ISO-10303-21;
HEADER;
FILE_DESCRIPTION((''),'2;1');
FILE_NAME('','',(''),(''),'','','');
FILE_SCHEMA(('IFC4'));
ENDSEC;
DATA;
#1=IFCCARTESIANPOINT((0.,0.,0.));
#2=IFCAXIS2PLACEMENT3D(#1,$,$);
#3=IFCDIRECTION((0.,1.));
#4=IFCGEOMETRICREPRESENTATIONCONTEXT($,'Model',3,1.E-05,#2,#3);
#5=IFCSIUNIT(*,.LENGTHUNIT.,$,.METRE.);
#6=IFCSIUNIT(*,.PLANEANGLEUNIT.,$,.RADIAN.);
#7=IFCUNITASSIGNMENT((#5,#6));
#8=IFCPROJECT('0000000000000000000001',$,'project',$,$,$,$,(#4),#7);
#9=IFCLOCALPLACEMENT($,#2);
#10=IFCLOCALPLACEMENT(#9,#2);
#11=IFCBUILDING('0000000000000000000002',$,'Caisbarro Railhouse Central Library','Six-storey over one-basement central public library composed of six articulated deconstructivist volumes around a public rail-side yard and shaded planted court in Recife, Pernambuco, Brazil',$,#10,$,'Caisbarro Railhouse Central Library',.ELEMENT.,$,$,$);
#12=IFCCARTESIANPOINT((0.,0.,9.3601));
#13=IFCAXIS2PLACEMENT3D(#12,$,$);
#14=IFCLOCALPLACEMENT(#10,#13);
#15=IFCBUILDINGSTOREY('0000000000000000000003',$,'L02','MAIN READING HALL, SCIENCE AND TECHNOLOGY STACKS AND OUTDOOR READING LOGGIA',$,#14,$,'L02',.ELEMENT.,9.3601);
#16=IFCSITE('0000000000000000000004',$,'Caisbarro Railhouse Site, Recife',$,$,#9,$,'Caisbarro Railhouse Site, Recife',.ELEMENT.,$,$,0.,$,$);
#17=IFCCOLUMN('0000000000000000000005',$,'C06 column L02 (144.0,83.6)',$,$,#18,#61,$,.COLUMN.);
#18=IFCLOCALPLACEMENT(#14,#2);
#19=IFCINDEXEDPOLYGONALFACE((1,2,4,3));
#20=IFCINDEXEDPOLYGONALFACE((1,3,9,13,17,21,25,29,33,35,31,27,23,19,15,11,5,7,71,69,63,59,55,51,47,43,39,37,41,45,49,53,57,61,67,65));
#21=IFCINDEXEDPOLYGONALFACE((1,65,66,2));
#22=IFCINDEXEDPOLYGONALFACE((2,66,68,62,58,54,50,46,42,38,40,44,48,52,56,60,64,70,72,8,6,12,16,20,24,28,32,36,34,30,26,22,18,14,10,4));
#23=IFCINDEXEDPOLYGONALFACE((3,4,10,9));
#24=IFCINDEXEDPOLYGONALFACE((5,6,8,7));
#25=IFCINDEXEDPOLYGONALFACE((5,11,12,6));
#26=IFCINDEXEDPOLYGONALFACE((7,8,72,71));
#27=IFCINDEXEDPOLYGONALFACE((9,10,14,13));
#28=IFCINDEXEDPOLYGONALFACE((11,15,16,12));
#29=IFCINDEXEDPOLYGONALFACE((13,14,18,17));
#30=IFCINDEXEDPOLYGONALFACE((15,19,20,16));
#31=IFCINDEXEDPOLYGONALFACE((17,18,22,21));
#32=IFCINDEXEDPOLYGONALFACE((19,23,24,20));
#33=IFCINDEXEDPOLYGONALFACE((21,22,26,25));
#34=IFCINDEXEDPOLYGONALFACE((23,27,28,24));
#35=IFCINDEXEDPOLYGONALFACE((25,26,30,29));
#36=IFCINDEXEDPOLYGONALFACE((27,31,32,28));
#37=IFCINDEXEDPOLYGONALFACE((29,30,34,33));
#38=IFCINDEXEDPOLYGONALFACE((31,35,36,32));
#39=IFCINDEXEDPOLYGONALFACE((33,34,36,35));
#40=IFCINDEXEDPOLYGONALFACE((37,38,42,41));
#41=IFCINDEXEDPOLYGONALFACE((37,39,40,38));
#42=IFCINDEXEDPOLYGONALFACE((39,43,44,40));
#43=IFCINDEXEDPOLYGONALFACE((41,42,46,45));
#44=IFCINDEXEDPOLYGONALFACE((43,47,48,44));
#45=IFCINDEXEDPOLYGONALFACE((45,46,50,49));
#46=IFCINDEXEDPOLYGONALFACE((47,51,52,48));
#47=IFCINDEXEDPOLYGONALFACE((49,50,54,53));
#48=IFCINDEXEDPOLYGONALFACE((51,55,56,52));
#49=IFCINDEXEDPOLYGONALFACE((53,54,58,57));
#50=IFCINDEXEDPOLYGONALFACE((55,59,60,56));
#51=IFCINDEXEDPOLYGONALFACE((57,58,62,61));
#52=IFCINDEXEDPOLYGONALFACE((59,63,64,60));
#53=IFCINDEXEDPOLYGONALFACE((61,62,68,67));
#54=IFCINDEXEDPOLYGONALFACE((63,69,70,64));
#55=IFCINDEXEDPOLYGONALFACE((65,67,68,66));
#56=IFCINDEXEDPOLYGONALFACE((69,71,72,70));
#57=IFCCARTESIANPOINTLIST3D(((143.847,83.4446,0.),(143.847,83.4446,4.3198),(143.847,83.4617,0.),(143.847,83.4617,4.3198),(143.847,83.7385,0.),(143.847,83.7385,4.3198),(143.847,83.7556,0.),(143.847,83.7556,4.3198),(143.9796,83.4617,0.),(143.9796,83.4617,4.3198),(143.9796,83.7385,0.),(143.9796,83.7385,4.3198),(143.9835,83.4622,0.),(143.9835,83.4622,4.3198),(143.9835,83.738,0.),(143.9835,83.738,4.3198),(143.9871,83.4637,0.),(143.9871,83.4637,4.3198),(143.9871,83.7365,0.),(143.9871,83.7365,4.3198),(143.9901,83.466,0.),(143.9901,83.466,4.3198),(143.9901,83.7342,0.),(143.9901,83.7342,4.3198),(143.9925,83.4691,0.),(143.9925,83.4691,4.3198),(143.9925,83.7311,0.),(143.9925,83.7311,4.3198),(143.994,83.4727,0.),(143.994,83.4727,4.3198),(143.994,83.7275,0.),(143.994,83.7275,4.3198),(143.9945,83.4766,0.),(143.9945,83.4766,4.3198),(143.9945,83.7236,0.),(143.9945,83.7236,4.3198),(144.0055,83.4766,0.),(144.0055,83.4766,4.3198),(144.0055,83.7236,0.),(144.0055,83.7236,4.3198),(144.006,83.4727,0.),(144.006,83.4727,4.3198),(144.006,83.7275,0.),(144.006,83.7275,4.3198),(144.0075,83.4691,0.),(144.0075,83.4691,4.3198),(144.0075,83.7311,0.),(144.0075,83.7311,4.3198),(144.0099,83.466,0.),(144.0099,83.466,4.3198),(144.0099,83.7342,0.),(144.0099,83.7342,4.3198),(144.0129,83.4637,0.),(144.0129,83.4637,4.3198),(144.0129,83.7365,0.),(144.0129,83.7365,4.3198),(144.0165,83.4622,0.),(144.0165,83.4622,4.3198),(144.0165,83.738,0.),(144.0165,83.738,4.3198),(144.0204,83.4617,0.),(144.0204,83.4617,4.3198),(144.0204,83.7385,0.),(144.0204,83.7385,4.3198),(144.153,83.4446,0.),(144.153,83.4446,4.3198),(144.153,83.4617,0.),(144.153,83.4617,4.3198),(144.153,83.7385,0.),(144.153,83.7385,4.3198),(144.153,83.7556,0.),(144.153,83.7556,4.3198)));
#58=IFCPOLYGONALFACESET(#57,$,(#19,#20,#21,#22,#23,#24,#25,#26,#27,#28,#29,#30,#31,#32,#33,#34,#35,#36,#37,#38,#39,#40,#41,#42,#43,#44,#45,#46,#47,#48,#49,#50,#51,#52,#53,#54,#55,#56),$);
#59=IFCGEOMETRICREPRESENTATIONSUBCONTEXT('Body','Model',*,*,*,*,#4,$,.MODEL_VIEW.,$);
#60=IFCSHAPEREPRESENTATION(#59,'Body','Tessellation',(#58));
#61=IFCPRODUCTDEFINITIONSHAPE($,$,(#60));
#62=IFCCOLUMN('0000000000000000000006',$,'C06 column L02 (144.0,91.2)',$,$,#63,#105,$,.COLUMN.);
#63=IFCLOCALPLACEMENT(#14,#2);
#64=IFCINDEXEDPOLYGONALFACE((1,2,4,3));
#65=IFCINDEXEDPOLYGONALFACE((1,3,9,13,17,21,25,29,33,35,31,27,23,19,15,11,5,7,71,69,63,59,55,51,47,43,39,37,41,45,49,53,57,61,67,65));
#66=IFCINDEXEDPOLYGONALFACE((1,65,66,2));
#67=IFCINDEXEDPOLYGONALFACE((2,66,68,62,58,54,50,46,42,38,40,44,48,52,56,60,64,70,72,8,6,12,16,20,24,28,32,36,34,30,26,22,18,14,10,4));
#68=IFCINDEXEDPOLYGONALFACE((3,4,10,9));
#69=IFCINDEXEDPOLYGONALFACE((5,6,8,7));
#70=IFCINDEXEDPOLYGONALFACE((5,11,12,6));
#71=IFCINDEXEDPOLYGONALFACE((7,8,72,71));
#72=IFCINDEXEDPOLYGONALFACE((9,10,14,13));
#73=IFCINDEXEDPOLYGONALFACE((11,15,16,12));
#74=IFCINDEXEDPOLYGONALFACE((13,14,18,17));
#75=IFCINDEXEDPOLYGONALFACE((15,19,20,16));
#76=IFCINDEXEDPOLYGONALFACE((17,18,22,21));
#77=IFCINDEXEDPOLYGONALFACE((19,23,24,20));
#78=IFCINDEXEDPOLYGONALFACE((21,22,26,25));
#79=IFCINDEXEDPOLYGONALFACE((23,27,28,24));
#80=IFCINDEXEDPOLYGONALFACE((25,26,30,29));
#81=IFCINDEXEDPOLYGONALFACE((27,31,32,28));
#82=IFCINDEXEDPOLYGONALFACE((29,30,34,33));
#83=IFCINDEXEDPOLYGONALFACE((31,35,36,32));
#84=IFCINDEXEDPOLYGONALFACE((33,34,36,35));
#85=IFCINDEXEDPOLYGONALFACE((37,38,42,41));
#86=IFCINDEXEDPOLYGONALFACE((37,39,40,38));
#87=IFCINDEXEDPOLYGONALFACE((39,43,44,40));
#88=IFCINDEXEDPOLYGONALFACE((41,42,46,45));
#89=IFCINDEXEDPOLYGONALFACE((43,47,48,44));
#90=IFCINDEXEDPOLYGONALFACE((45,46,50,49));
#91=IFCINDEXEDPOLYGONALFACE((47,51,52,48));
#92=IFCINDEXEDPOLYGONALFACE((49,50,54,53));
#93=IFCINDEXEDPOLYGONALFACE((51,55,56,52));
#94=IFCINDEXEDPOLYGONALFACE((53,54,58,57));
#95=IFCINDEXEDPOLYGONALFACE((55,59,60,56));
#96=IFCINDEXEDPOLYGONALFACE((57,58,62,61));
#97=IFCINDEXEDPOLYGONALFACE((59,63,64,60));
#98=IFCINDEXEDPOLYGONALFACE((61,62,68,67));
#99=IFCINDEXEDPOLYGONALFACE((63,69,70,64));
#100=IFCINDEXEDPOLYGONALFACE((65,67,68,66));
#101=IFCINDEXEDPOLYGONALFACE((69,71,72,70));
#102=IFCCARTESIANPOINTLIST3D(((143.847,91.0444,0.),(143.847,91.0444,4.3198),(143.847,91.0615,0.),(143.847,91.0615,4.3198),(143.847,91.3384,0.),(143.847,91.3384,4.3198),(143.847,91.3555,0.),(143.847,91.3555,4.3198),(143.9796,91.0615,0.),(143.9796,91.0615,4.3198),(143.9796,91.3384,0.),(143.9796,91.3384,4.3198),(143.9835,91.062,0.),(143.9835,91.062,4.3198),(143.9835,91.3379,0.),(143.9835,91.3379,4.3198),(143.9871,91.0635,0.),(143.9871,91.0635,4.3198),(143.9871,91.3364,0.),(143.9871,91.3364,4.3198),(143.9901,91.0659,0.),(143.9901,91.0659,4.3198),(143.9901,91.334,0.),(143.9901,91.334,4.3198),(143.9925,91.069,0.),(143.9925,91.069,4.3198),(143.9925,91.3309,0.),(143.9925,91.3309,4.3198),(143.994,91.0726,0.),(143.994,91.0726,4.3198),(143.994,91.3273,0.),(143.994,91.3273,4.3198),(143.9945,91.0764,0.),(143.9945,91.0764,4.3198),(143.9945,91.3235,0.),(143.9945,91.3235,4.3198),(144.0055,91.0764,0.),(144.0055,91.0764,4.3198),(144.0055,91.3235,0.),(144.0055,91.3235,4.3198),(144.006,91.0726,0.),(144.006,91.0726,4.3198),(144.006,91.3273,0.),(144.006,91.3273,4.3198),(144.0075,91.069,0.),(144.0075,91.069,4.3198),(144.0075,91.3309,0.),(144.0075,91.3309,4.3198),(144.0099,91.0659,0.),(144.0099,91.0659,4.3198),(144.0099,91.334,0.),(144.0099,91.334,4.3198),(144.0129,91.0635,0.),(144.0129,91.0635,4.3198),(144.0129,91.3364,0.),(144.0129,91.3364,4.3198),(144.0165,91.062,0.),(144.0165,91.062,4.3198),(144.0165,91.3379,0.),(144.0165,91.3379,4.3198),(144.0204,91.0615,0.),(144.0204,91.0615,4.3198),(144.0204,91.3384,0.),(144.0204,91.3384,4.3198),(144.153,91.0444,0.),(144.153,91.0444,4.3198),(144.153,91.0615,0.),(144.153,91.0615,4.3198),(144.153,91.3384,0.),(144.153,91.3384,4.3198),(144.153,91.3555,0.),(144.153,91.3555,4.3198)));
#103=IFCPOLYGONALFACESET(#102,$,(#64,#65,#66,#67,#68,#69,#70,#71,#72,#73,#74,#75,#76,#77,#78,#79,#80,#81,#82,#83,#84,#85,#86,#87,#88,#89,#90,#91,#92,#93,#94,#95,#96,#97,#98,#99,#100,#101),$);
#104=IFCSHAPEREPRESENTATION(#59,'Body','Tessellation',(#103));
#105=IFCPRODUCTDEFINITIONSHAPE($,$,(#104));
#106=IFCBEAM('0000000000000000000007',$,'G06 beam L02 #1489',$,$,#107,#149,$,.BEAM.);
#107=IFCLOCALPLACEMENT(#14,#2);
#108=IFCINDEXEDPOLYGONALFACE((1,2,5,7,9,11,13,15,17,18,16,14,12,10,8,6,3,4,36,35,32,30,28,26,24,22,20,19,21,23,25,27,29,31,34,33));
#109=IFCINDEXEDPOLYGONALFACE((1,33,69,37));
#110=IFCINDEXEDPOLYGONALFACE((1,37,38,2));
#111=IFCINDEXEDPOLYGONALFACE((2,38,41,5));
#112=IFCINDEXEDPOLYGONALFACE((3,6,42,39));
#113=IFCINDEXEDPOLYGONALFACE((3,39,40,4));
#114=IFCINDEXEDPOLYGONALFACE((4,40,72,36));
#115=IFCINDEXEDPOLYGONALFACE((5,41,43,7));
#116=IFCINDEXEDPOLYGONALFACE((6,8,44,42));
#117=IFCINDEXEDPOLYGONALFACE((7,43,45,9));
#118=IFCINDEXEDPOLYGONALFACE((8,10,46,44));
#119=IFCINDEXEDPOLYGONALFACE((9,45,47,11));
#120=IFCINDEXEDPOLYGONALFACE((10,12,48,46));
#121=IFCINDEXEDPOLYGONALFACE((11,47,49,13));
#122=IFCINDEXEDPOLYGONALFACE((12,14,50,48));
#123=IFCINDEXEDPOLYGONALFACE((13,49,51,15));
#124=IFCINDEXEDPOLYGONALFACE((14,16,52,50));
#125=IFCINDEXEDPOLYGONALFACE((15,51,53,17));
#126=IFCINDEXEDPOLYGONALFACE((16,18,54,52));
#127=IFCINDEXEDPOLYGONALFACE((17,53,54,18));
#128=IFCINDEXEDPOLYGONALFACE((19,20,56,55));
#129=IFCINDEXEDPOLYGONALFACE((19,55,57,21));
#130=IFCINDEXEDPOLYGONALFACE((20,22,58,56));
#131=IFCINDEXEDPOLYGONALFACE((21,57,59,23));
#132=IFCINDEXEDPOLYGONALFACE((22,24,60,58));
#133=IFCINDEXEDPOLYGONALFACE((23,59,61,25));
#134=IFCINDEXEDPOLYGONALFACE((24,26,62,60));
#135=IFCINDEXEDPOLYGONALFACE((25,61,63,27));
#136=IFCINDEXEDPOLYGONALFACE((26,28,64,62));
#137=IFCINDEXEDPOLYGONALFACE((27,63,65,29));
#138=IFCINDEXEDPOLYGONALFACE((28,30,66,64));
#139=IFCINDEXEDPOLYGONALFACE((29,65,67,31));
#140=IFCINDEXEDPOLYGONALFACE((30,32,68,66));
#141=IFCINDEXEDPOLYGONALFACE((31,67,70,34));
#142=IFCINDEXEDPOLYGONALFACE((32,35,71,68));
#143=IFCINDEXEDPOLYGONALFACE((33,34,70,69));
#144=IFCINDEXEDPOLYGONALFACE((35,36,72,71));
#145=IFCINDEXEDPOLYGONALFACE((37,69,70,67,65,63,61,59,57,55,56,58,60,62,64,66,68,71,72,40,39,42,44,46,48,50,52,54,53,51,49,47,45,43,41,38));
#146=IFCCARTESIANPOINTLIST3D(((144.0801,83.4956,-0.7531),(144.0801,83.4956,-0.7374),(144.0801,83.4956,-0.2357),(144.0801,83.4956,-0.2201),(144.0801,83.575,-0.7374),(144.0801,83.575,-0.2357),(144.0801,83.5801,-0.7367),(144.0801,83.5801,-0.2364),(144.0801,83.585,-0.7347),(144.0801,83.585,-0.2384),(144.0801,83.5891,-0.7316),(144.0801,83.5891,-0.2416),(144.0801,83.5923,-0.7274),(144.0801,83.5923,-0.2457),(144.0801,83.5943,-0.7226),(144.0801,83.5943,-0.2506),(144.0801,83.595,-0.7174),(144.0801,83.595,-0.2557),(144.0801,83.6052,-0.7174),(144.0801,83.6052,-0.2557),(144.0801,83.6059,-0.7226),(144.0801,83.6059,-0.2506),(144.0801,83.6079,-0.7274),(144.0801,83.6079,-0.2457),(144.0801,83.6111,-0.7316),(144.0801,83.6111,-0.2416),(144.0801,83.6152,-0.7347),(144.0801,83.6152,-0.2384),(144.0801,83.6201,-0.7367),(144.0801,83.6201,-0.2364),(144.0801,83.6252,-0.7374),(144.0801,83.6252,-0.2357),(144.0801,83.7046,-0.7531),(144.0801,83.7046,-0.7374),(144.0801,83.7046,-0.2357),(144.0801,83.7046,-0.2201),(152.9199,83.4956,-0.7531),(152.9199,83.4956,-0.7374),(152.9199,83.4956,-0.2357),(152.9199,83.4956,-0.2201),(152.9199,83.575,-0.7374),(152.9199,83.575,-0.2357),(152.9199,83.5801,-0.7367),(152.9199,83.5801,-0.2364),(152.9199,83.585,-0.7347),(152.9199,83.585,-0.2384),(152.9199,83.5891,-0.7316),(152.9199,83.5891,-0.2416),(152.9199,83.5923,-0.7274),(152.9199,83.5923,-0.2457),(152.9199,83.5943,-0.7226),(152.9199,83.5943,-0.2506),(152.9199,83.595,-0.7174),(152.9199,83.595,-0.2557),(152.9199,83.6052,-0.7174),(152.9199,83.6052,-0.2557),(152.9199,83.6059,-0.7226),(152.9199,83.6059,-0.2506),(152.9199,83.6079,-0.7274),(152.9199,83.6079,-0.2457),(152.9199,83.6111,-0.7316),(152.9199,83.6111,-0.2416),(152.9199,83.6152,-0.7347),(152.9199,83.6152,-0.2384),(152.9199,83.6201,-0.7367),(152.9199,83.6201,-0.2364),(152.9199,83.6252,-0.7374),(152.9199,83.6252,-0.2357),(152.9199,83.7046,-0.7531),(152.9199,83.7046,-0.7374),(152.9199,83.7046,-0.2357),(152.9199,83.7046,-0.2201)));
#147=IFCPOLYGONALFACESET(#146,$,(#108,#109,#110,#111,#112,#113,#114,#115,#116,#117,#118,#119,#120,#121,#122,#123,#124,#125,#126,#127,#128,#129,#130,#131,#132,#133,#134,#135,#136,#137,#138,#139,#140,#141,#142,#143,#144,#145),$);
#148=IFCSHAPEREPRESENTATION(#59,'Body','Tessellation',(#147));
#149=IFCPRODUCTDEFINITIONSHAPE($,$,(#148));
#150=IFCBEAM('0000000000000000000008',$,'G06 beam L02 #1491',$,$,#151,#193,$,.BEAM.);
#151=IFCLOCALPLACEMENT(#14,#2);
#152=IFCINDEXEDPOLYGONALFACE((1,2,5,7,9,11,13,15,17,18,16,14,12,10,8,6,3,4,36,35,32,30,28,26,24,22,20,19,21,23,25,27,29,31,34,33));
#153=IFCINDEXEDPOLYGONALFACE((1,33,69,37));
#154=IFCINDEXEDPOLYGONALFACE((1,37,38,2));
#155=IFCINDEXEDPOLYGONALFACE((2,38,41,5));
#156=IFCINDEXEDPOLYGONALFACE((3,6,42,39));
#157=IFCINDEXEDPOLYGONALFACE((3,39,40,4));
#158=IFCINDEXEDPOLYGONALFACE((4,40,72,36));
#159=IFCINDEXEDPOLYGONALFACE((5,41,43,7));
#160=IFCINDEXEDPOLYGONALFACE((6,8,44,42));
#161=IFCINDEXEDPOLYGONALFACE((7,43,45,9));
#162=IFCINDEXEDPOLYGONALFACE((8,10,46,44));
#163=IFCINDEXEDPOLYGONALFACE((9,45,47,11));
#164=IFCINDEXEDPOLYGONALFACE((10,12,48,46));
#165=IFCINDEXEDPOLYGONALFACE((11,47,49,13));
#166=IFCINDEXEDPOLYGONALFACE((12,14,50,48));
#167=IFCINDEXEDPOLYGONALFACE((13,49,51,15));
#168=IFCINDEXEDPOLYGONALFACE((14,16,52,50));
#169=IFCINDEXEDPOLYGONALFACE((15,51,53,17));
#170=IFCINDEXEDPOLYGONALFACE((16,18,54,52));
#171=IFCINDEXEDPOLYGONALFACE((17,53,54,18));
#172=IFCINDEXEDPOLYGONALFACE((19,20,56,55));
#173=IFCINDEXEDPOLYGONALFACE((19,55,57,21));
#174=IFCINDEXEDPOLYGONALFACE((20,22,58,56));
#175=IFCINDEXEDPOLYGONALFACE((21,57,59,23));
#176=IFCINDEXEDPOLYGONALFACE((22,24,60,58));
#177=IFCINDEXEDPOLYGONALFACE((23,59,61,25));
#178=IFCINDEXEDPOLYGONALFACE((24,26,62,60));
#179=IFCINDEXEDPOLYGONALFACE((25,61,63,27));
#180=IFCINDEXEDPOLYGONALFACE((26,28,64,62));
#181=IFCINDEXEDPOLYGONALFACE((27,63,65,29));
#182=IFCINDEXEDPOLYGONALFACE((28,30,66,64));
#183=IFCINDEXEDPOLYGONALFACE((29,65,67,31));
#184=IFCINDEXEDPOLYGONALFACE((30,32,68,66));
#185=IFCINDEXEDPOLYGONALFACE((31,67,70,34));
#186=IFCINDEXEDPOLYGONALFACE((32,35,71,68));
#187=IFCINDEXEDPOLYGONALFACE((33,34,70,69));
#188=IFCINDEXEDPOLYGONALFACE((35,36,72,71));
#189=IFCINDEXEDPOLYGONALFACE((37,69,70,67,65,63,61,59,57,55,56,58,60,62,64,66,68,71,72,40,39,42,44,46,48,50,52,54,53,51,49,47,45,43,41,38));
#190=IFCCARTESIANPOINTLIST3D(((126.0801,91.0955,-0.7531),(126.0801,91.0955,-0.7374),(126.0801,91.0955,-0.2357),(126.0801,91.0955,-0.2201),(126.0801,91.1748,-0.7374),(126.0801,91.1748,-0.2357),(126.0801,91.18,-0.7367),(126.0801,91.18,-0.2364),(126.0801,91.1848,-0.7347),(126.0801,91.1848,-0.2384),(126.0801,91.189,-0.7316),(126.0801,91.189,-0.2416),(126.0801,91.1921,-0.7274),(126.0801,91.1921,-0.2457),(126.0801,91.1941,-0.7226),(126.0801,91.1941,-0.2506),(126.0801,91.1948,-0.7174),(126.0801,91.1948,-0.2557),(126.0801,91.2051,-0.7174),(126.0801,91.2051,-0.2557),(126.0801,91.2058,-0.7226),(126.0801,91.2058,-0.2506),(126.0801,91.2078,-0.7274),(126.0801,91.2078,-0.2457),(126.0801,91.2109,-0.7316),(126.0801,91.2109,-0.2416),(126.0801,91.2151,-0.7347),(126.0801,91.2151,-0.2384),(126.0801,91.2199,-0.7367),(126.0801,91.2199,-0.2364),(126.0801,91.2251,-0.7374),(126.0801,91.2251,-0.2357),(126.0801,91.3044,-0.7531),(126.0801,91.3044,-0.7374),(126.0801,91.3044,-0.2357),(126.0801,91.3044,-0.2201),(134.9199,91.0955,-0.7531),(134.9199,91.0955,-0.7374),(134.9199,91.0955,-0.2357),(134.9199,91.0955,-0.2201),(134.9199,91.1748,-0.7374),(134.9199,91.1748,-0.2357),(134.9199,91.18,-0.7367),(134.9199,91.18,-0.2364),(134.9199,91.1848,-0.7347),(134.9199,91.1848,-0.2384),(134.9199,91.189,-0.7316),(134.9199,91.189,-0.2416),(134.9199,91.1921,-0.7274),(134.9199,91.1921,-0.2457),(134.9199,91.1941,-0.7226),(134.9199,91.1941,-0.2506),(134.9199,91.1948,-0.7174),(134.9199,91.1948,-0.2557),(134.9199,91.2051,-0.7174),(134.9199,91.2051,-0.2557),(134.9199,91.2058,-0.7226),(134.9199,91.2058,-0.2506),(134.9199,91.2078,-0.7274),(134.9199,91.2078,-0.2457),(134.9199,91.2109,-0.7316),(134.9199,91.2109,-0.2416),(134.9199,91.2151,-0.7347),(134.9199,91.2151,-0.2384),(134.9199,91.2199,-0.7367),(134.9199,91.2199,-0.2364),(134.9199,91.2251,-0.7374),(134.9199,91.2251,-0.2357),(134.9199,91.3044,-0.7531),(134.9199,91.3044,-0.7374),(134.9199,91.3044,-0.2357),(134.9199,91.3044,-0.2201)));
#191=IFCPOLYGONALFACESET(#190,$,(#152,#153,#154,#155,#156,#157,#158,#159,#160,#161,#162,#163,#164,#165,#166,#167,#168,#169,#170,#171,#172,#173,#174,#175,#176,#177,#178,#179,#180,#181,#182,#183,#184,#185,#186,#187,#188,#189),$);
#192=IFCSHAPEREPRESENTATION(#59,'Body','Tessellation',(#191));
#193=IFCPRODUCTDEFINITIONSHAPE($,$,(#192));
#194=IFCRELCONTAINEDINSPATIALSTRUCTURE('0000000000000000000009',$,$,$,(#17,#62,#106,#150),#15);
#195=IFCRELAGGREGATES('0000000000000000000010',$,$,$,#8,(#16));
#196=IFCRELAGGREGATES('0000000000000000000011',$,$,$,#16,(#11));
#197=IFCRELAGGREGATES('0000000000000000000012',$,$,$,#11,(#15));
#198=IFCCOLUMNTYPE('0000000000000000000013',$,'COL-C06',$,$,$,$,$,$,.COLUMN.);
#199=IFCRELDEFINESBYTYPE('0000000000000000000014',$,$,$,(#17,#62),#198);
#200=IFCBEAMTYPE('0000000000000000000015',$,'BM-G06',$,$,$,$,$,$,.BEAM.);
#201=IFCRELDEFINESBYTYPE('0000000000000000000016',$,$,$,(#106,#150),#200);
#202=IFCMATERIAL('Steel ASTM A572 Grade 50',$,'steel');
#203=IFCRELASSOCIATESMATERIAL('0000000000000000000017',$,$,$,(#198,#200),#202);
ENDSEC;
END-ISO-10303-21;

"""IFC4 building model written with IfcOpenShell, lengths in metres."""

from ifc_helpers import new_model, si_unit, direction, frame, origin, origin_2d, place, context, subcontext, project, spatial, i_section, extrude, material, material_profile, profile_set, type_object, element, save


model = new_model("IFC4")

# Units and contexts
model_context = context("Model", 3, precision=1e-05, world=origin(), true_north=direction((0.0, 1.0)))
body_context = subcontext(model_context, "Body", "Model", "MODEL_VIEW")
ifc_project = project(units=[si_unit("LENGTHUNIT", "METRE"), si_unit("PLANEANGLEUNIT", "RADIAN")], contexts=[model_context])

# Site, building, storey
site_placement = place(None, origin())
site = spatial("IfcSite", under=ifc_project, at=site_placement, Name="Caisbarro Railhouse Site, Recife", LongName="Caisbarro Railhouse Site, Recife", CompositionType="ELEMENT", RefElevation=0.0)
building_placement = place(site_placement, origin())
building = spatial("IfcBuilding", under=site, at=building_placement, Name="Caisbarro Railhouse Central Library", Description="Six-storey over one-basement central public library composed of six articulated deconstructivist volumes around a public rail-side yard and shaded planted court in Recife, Pernambuco, Brazil", LongName="Caisbarro Railhouse Central Library", CompositionType="ELEMENT")
storey_placement = place(building_placement, frame((0.0, 0.0, 9.3601)))
storey = spatial("IfcBuildingStorey", under=building, at=storey_placement, Name="L02", Description="MAIN READING HALL, SCIENCE AND TECHNOLOGY STACKS AND OUTDOOR READING LOGGIA", LongName="L02", CompositionType="ELEMENT", Elevation=9.3601)

# Columns
ifc_material_1 = material(Name="Steel ASTM A572 Grade 50", Category="steel")
ifc_material_profile_1 = material_profile(ifc_material_1, i_section(OverallWidth=0.3059, OverallDepth=0.311, WebThickness=0.011, FlangeThickness=0.0171, FilletRadius=0.0149, at=origin_2d()), Name="W310X107.0")
ifc_profile_set_1 = profile_set([ifc_material_profile_1], Name="Steel ASTM A572 Grade 50")
column_type = type_object("IfcColumnType", Name="COL-C06", PredefinedType="COLUMN", material=ifc_profile_set_1)
for number, where, z_axis, x_axis, name in (
    (1, (144.0, 83.6001, 0.0), (0.0, 0.0, 1.0), (1.0, 0.0, 0.0), "C06 column L02 (144.0,83.6)"),
    (2, (144.0, 91.2, 0.0), (0.0, 0.0, 1.0), (1.0, 0.0, 0.0), "C06 column L02 (144.0,91.2)"),
):
    element("IfcColumn", number, at=place(storey_placement, frame(where, z_axis=z_axis, x_axis=x_axis)), inside=storey, type_object=column_type, Name=name, PredefinedType="COLUMN", context=body_context, shape_type="SweptSolid", body=[
        extrude(i_section(OverallWidth=0.3059, OverallDepth=0.311, WebThickness=0.011, FlangeThickness=0.0171, FilletRadius=0.0149, at=origin_2d()), origin(), (0.0, 0.0, 1.0), 4.3198),
    ])

# Beams
ifc_material_profile_2 = material_profile(ifc_material_1, i_section(OverallWidth=0.209, OverallDepth=0.533, WebThickness=0.0103, FlangeThickness=0.0156, FilletRadius=0.02, at=origin_2d()), Name="W530X92.0")
ifc_profile_set_2 = profile_set([ifc_material_profile_2], Name="Steel ASTM A572 Grade 50")
beam_type_1 = type_object("IfcBeamType", Name="BM-G06", PredefinedType="BEAM", material=ifc_profile_set_2)
for number, where, z_axis, x_axis, name in (
    (3, (144.0801, 83.6001, -0.4866), (1.0, 0.0, 0.0), (0.0, 1.0, 0.0), "G06 beam L02 #1489"),
    (4, (126.0801, 91.2, -0.4866), (1.0, 0.0, 0.0), (0.0, 1.0, 0.0), "G06 beam L02 #1491"),
):
    element("IfcBeam", number, at=place(storey_placement, frame(where, z_axis=z_axis, x_axis=x_axis)), inside=storey, type_object=beam_type_1, Name=name, PredefinedType="BEAM", context=body_context, shape_type="SweptSolid", body=[
        extrude(i_section(OverallWidth=0.209, OverallDepth=0.533, WebThickness=0.0103, FlangeThickness=0.0156, FilletRadius=0.02, at=origin_2d()), origin(), (0.0, 0.0, 1.0), 8.8398),
    ])

save(model, "model.ifc")
